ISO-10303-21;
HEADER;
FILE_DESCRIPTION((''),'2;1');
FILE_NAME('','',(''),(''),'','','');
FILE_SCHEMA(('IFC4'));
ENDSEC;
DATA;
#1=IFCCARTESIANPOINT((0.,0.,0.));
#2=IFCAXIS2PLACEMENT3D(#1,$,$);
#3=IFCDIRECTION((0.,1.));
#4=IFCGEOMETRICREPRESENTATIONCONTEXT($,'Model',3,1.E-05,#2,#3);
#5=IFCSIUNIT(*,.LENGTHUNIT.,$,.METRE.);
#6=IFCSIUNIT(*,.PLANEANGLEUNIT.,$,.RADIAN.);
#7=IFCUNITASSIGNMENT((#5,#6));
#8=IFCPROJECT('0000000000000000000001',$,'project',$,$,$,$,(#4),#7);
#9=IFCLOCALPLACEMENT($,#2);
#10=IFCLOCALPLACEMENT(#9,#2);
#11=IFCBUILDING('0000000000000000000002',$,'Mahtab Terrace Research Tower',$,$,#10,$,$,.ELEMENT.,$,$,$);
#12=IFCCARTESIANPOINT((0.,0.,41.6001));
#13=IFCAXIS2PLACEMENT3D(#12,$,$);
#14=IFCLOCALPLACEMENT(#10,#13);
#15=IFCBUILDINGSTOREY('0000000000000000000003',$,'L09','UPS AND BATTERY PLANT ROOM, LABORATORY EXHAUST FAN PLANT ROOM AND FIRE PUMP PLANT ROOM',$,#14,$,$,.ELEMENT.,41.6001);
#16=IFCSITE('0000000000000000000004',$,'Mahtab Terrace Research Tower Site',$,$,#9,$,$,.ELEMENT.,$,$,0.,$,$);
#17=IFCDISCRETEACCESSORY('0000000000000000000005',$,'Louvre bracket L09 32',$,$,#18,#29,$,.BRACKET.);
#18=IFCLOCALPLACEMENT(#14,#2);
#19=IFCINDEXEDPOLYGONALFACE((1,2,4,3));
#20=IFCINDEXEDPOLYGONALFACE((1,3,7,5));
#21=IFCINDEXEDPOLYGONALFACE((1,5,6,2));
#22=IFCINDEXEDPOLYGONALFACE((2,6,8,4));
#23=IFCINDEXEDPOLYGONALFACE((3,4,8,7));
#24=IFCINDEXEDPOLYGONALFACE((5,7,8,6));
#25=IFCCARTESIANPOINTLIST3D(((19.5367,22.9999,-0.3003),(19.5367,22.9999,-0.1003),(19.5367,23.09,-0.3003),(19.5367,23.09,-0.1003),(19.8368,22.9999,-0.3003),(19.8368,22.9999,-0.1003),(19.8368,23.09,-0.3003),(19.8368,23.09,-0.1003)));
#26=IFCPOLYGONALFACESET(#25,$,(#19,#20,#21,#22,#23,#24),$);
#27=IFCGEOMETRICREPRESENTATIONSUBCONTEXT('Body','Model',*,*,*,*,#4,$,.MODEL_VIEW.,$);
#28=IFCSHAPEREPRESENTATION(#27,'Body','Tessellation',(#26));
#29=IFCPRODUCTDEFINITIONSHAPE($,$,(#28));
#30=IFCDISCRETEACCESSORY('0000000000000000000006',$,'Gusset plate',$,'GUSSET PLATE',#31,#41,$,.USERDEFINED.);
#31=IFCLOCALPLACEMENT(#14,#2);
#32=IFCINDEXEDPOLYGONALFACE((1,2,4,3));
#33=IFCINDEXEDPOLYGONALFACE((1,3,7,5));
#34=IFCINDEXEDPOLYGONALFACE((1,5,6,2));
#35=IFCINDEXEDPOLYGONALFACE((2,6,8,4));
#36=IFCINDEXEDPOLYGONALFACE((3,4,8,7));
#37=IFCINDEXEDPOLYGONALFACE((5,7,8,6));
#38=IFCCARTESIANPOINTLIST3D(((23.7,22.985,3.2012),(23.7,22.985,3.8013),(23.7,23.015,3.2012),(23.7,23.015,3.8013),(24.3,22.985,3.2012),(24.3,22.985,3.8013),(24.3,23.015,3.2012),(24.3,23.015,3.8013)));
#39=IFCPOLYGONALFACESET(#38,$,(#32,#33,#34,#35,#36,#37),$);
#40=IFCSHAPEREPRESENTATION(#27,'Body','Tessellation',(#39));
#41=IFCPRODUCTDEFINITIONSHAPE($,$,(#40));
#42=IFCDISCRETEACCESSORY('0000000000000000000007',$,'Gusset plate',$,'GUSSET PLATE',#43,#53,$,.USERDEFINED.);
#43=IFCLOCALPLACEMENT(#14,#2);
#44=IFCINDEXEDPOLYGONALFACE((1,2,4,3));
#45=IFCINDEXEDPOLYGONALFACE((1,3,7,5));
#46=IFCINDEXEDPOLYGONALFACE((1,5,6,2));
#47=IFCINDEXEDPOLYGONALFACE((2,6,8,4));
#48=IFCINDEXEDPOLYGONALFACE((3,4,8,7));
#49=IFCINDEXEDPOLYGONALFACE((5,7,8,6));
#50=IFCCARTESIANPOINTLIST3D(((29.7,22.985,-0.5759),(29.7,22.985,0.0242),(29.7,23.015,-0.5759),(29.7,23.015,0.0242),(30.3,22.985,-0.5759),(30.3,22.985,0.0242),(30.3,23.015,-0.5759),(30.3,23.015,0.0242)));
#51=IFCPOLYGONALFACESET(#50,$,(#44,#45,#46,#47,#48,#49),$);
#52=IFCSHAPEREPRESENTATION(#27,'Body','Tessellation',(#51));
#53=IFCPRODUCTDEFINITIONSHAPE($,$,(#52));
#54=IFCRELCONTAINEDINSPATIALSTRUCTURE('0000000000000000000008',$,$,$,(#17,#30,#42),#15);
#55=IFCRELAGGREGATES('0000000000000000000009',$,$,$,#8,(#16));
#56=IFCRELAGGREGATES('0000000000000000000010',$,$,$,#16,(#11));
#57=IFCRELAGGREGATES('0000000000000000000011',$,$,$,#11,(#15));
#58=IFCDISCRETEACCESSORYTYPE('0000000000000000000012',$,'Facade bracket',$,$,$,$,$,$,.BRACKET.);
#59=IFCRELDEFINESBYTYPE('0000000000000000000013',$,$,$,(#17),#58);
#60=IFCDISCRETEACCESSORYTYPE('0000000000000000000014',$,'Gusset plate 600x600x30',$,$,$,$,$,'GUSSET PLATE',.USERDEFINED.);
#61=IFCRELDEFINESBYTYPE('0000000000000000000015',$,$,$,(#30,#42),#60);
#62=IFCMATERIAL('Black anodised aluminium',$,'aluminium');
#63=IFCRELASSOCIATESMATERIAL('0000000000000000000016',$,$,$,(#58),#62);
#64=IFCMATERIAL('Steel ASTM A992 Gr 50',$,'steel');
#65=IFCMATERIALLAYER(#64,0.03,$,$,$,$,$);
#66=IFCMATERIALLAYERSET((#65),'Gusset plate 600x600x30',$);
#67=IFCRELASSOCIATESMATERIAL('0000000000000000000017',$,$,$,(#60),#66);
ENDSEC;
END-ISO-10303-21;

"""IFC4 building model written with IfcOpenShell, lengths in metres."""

from ifc_helpers import new_model, si_unit, direction, frame, origin, origin_2d, place, context, subcontext, project, spatial, rectangle, extrude, material, layer, layer_set, type_object, element, save


model = new_model("IFC4")

# Units and contexts
model_context = context("Model", 3, precision=1e-05, world=origin(), true_north=direction((0.0, 1.0)))
body_context = subcontext(model_context, "Body", "Model", "MODEL_VIEW")
ifc_project = project(units=[si_unit("LENGTHUNIT", "METRE"), si_unit("PLANEANGLEUNIT", "RADIAN")], contexts=[model_context])

# Site, building, storey
site_placement = place(None, origin())
site = spatial("IfcSite", under=ifc_project, at=site_placement, Name="Mahtab Terrace Research Tower Site", CompositionType="ELEMENT", RefElevation=0.0)
building_placement = place(site_placement, origin())
building = spatial("IfcBuilding", under=site, at=building_placement, Name="Mahtab Terrace Research Tower", CompositionType="ELEMENT")
storey_placement = place(building_placement, frame((0.0, 0.0, 41.6001)))
storey = spatial("IfcBuildingStorey", under=building, at=storey_placement, Name="L09", Description="UPS AND BATTERY PLANT ROOM, LABORATORY EXHAUST FAN PLANT ROOM AND FIRE PUMP PLANT ROOM", CompositionType="ELEMENT", Elevation=41.6001)

# Shared definitions
ifc_material_1 = material(Name="Steel ASTM A992 Gr 50", Category="steel")

# Discrete accessories
ifc_material_2 = material(Name="Black anodised aluminium", Category="aluminium")
discrete_accessory_type_1 = type_object("IfcDiscreteAccessoryType", Name="Facade bracket", PredefinedType="BRACKET", material=ifc_material_2)
for number, where, z_axis, x_axis, name in (
    (1, (19.6868, 23.0449, -0.3003), (0.0, 0.0, 1.0), (-1.0, 0.0, 0.0), "Louvre bracket L09 32"),
):
    element("IfcDiscreteAccessory", number, at=place(storey_placement, frame(where, z_axis=z_axis, x_axis=x_axis)), inside=storey, type_object=discrete_accessory_type_1, Name=name, PredefinedType="BRACKET", context=body_context, shape_type="SweptSolid", body=[
        extrude(rectangle(XDim=0.3, YDim=0.0901, at=origin_2d()), origin(), (0.0, 0.0, 1.0), 0.2),
    ])
ifc_layer_1 = layer(ifc_material_1, 0.03)
ifc_layer_set_1 = layer_set([ifc_layer_1], Name="Gusset plate 600x600x30")
discrete_accessory_type_2 = type_object("IfcDiscreteAccessoryType", Name="Gusset plate 600x600x30", ElementType="GUSSET PLATE", PredefinedType="USERDEFINED", material=ifc_layer_set_1)
for number, where, z_axis, x_axis, name in (
    (2, (24.0, 23.0, 3.2012), (0.0, 0.0, 1.0), (1.0, 0.0, 0.0), "Gusset plate"),
    (3, (30.0, 23.0, -0.5759), (0.0, 0.0, 1.0), (1.0, 0.0, 0.0), "Gusset plate"),
):
    element("IfcDiscreteAccessory", number, at=place(storey_placement, frame(where, z_axis=z_axis, x_axis=x_axis)), inside=storey, type_object=discrete_accessory_type_2, Name=name, ObjectType="GUSSET PLATE", PredefinedType="USERDEFINED", context=body_context, shape_type="SweptSolid", body=[
        extrude(rectangle(XDim=0.6001, YDim=0.03, at=origin_2d()), origin(), (0.0, 0.0, 1.0), 0.6001),
    ])

save(model, "model.ifc")
